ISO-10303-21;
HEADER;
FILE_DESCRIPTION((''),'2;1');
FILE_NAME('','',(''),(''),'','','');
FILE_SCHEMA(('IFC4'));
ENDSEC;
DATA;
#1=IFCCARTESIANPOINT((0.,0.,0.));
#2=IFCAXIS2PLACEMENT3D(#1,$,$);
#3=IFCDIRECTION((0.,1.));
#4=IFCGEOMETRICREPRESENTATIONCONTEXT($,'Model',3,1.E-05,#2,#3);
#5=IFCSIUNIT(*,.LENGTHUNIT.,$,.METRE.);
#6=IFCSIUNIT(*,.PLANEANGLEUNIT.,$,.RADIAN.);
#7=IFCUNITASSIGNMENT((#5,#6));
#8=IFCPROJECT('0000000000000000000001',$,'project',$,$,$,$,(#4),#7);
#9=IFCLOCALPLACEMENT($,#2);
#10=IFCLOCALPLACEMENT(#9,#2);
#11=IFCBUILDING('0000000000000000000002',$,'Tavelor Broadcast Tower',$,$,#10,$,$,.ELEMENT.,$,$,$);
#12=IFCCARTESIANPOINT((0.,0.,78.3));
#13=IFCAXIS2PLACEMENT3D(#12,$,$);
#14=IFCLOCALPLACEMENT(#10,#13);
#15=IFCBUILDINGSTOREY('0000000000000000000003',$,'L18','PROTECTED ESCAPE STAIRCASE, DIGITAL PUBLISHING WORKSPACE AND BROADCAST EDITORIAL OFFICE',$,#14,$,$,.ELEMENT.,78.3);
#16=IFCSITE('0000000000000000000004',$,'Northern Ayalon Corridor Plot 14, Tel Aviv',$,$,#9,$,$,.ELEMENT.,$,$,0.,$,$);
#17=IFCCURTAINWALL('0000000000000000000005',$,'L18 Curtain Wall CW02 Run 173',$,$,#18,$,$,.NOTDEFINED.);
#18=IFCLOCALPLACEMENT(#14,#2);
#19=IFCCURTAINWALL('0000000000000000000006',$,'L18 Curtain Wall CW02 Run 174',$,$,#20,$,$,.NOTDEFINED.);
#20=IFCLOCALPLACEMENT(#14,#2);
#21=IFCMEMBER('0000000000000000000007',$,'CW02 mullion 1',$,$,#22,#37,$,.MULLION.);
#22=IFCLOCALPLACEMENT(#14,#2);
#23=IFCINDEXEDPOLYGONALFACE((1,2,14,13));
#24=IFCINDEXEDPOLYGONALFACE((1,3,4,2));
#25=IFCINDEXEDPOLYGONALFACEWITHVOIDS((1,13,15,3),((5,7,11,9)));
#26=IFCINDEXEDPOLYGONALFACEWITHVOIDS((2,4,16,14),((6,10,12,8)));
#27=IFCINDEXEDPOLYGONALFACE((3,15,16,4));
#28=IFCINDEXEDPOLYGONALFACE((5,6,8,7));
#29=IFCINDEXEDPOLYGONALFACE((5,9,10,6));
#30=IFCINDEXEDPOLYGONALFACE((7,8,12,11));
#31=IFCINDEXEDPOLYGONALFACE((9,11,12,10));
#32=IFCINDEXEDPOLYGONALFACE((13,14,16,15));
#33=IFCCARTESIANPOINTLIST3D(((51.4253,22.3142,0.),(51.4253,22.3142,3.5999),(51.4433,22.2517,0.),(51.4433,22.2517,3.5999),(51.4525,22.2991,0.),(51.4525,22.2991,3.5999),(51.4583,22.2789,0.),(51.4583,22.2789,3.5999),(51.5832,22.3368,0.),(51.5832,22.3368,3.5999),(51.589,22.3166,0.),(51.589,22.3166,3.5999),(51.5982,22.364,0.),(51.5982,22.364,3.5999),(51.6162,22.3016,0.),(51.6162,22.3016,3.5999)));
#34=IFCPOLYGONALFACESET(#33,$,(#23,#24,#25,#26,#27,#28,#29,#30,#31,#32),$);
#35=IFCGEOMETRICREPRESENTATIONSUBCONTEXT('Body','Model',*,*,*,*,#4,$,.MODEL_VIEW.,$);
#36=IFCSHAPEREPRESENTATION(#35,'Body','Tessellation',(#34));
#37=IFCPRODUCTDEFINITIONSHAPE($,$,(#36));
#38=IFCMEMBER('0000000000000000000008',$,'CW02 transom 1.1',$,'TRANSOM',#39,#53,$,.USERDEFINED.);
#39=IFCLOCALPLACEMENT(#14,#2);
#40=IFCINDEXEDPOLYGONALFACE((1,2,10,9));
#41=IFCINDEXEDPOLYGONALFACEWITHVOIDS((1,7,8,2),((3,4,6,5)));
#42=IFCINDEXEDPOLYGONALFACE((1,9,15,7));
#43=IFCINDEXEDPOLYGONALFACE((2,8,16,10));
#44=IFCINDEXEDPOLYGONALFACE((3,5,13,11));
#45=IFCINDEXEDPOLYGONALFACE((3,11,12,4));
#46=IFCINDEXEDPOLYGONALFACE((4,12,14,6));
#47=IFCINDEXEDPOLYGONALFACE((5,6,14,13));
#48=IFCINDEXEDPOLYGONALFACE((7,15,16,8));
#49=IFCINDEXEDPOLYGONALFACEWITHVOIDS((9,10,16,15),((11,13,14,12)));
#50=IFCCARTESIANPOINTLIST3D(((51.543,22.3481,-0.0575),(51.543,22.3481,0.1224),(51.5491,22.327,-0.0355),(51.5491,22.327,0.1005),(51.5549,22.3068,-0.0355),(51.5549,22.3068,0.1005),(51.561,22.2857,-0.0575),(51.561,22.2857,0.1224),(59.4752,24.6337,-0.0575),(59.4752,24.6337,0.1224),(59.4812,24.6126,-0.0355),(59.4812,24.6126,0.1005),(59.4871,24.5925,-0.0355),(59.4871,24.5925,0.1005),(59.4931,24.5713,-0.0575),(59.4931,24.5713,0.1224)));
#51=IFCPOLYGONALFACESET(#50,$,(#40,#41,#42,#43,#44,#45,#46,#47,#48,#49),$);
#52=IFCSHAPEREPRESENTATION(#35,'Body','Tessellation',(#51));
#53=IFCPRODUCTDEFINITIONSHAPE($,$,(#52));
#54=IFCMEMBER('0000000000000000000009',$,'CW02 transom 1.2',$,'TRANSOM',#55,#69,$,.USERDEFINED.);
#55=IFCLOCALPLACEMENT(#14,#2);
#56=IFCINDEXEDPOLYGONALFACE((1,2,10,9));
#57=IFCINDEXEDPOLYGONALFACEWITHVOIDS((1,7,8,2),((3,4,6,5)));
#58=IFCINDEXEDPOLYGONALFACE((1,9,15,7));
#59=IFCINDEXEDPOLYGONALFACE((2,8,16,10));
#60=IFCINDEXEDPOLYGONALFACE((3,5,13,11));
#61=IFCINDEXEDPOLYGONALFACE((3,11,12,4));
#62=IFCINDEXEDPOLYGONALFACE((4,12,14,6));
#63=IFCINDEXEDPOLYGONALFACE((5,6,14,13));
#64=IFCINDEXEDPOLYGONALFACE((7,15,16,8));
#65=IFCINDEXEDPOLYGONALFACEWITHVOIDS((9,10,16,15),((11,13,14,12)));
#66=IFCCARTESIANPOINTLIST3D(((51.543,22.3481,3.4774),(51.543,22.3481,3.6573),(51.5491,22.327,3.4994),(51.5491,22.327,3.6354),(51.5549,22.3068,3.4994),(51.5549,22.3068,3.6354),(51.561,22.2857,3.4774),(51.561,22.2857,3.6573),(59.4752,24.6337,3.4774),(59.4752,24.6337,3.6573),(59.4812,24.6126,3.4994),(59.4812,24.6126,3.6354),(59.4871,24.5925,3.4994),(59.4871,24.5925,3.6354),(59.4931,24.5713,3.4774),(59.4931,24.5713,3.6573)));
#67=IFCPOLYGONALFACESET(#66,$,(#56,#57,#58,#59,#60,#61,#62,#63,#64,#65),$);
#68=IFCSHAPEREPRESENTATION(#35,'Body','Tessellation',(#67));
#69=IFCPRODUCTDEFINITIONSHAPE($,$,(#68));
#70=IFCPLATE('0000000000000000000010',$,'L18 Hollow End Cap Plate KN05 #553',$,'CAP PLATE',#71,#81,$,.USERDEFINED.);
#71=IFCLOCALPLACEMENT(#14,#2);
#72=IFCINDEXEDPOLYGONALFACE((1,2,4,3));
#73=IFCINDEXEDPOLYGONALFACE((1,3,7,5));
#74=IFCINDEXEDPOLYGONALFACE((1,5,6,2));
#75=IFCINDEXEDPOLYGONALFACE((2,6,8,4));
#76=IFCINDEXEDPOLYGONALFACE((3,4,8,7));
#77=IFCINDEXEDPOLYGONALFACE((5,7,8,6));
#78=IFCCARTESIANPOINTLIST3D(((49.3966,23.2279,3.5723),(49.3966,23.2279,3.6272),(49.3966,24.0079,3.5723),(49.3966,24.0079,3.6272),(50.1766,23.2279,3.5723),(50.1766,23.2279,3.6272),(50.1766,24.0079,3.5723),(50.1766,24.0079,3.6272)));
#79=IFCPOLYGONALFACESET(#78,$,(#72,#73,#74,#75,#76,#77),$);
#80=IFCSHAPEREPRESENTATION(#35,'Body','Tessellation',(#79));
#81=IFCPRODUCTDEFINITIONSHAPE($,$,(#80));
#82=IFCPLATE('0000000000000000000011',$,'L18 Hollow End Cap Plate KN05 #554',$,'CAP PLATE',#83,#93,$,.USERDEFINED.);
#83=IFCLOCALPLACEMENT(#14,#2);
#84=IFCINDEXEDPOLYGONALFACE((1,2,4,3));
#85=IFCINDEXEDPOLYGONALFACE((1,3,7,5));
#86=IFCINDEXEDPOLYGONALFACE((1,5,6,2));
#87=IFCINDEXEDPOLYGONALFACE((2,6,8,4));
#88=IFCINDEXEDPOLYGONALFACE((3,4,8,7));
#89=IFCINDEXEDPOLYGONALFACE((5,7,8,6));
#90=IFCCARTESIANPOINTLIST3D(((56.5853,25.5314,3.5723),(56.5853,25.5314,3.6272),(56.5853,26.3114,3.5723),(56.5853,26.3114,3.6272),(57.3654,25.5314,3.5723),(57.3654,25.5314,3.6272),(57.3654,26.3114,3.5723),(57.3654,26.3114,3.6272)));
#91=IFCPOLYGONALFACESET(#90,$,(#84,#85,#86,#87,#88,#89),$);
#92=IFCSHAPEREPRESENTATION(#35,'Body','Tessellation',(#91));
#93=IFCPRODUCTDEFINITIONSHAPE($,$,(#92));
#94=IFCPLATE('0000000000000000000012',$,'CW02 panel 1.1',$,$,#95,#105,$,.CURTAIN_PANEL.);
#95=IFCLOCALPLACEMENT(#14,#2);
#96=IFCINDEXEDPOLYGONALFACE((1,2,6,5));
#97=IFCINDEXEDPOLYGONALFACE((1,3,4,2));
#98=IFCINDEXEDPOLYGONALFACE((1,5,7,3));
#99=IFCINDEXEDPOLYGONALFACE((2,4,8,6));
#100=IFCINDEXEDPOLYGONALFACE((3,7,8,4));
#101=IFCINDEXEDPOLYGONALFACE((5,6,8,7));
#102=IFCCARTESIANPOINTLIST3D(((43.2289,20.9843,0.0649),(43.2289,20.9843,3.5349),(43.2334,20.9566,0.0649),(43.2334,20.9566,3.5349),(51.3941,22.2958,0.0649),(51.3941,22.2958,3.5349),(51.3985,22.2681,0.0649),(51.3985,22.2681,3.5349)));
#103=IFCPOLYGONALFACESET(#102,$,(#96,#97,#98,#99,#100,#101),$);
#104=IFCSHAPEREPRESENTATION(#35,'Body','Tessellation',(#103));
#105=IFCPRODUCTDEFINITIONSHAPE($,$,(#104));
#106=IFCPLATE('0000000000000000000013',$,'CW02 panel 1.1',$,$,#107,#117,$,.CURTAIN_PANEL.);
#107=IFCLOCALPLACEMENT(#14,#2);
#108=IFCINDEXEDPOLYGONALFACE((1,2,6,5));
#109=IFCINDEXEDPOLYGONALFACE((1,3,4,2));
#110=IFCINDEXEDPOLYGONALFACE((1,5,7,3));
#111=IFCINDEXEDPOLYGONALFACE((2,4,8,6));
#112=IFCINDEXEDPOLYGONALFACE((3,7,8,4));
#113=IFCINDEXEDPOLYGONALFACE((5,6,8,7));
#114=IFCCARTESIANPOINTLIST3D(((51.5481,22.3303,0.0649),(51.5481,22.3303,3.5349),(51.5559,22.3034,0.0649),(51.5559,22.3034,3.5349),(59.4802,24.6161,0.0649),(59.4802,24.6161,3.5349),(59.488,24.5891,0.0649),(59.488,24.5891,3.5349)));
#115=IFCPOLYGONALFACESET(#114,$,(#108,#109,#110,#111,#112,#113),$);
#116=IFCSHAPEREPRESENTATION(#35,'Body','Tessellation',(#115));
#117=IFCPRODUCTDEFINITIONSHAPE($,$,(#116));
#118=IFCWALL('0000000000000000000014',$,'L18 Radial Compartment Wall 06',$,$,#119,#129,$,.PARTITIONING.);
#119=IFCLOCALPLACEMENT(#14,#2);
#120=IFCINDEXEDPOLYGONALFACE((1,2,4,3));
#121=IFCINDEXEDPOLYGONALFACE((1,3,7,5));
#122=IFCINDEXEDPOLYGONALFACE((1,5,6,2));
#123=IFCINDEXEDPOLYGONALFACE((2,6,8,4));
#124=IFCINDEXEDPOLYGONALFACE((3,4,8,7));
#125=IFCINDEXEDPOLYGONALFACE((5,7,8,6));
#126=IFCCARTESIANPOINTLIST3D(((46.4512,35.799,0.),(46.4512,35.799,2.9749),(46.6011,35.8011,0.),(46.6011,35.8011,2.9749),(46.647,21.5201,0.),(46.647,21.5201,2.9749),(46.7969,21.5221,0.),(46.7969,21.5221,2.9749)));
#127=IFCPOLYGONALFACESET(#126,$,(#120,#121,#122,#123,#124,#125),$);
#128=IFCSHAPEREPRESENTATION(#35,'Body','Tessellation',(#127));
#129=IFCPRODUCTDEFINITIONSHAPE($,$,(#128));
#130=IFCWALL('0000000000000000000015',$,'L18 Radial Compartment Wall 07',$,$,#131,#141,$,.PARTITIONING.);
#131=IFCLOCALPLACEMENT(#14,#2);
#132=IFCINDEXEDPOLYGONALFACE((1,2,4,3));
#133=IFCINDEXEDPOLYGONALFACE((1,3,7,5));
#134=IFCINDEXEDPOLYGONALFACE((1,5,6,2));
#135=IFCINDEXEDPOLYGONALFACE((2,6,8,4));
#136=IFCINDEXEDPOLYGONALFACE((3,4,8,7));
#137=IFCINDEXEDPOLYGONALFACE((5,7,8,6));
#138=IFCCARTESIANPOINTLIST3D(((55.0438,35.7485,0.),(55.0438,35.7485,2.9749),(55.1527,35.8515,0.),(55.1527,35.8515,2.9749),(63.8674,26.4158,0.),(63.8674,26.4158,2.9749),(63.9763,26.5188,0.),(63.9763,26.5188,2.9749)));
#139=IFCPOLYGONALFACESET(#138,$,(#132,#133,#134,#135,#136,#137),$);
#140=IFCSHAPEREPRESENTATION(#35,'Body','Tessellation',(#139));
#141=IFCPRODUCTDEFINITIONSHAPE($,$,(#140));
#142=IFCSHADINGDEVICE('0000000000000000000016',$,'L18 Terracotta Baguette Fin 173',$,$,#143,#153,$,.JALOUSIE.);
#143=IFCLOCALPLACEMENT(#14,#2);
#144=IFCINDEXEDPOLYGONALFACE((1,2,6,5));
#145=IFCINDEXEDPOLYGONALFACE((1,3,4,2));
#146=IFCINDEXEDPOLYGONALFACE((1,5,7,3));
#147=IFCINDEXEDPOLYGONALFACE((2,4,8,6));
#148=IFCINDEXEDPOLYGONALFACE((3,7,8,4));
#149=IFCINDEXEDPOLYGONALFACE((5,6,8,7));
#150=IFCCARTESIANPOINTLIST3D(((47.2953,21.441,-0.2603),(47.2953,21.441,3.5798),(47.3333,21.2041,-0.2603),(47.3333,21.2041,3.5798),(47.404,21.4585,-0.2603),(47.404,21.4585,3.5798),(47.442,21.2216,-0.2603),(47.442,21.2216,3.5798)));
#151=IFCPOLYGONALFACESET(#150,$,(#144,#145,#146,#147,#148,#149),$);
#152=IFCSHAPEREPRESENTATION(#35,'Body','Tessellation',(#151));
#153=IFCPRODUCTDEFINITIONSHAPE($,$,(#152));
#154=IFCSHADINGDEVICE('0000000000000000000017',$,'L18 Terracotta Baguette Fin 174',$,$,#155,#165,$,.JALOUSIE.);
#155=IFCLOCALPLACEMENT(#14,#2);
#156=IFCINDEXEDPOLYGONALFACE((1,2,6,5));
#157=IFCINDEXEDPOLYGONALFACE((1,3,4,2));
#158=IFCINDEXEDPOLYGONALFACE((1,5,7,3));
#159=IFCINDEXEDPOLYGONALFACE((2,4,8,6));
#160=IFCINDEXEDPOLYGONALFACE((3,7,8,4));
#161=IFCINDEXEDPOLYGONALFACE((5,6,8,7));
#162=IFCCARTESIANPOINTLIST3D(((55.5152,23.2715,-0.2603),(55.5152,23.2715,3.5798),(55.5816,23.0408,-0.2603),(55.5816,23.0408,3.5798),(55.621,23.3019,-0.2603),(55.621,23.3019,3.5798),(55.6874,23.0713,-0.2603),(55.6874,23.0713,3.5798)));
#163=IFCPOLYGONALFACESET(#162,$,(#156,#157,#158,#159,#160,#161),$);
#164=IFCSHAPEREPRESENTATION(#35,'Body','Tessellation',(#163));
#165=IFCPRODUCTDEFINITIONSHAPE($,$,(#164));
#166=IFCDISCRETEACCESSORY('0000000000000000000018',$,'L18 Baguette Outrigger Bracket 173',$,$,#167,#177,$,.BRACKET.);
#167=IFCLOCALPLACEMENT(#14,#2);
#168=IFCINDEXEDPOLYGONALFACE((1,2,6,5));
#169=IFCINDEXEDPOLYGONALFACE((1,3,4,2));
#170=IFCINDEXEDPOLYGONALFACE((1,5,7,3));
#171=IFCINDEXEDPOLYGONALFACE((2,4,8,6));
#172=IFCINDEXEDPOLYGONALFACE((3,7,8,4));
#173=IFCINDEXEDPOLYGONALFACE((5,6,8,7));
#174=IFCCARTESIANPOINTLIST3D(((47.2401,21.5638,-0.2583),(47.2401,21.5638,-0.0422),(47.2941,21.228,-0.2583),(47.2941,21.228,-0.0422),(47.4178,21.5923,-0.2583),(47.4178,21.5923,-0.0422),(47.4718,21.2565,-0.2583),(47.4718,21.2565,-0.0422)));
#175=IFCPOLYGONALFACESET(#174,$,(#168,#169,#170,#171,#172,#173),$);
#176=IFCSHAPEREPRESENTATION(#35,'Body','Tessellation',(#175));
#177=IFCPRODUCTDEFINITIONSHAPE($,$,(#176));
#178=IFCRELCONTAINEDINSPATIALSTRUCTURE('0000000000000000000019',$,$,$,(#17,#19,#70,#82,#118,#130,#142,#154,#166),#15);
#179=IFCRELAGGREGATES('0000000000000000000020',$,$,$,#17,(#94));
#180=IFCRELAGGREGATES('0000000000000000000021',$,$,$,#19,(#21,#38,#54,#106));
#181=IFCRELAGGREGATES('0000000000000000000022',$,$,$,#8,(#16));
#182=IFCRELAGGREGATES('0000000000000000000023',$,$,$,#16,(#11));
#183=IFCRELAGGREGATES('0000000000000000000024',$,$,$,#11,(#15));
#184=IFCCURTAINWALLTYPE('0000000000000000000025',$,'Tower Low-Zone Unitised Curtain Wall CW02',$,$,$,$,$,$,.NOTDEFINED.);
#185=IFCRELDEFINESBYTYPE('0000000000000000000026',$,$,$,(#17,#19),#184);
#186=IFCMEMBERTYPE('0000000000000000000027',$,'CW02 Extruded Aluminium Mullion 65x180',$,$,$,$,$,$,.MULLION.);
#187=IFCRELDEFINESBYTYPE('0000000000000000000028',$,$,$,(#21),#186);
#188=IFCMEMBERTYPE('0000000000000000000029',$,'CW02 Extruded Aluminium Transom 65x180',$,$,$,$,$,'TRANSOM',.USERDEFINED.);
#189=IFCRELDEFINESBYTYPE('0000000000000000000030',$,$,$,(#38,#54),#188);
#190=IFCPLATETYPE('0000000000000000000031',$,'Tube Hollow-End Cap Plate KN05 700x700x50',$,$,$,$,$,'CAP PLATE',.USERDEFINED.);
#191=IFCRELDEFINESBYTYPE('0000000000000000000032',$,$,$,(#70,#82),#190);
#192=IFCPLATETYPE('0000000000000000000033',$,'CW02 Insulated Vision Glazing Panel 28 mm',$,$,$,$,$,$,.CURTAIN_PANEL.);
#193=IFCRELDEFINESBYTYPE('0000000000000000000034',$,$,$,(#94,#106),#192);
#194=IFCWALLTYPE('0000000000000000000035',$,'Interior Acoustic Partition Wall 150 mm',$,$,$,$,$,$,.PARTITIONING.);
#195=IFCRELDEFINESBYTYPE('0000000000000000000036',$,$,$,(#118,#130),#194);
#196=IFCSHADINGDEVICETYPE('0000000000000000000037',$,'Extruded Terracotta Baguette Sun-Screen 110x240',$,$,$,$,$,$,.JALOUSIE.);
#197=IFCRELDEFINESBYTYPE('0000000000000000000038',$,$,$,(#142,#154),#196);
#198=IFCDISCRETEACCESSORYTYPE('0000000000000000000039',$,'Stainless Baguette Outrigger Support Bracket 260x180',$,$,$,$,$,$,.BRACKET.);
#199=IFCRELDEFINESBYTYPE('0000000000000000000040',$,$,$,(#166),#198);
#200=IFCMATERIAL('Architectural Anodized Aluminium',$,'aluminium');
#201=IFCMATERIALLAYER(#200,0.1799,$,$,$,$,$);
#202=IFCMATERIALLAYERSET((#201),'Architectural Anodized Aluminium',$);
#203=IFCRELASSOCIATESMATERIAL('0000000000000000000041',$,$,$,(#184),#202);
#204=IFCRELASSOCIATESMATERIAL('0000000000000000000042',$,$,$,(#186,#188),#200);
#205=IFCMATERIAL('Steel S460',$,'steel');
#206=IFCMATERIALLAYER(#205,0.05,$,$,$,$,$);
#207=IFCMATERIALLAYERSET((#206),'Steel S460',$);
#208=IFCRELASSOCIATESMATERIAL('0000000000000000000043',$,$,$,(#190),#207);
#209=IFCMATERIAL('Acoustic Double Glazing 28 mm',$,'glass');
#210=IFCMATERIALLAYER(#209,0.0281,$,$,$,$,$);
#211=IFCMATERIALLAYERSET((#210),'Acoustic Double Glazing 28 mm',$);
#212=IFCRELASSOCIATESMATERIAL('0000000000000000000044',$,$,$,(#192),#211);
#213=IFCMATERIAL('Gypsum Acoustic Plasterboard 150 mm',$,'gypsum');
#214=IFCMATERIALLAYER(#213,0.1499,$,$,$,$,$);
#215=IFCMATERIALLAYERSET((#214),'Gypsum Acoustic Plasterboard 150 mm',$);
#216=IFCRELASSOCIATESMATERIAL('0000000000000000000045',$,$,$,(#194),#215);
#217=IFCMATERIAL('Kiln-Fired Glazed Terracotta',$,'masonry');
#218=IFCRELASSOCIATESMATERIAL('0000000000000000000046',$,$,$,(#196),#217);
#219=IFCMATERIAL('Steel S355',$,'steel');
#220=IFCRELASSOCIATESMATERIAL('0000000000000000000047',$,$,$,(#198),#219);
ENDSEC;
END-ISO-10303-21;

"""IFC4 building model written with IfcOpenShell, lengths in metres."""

from ifc_helpers import new_model, si_unit, direction, frame, frame_2d, origin, origin_2d, place, context, subcontext, project, spatial, rectangle, hollow_rectangle, extrude, source, transform, mapped, material, layer, layer_set, material_profile, profile_set, type_object, type_shapes, element, aggregate, save


model = new_model("IFC4")

# Units and contexts
model_context = context("Model", 3, precision=1e-05, world=origin(), true_north=direction((0.0, 1.0)))
body_context = subcontext(model_context, "Body", "Model", "MODEL_VIEW")
ifc_project = project(units=[si_unit("LENGTHUNIT", "METRE"), si_unit("PLANEANGLEUNIT", "RADIAN")], contexts=[model_context])

# Site, building, storey
site_placement = place(None, origin())
site = spatial("IfcSite", under=ifc_project, at=site_placement, Name="Northern Ayalon Corridor Plot 14, Tel Aviv", CompositionType="ELEMENT", RefElevation=0.0)
building_placement = place(site_placement, origin())
building = spatial("IfcBuilding", under=site, at=building_placement, Name="Tavelor Broadcast Tower", CompositionType="ELEMENT")
storey_placement = place(building_placement, frame((0.0, 0.0, 78.3)))
storey = spatial("IfcBuildingStorey", under=building, at=storey_placement, Name="L18", Description="PROTECTED ESCAPE STAIRCASE, DIGITAL PUBLISHING WORKSPACE AND BROADCAST EDITORIAL OFFICE", CompositionType="ELEMENT", Elevation=78.3)

# Shared definitions
ifc_material_1 = material(Name="Steel S460", Category="steel")

# Shared definitions
ifc_material_2 = material(Name="Steel S355", Category="steel")

# Curtain wall
ifc_material_3 = material(Name="Architectural Anodized Aluminium", Category="aluminium")
ifc_layer_1 = layer(ifc_material_3, 0.1799)
ifc_layer_set_1 = layer_set([ifc_layer_1], Name="Architectural Anodized Aluminium")
curtain_wall_type = type_object("IfcCurtainWallType", Name="Tower Low-Zone Unitised Curtain Wall CW02", PredefinedType="NOTDEFINED", material=ifc_layer_set_1)
curtain_wall_1_placement = place(storey_placement, origin())
curtain_wall_1 = element("IfcCurtainWall", 1, at=curtain_wall_1_placement, inside=storey, type_object=curtain_wall_type, Name="L18 Curtain Wall CW02 Run 173", PredefinedType="NOTDEFINED")
ifc_material_profile_1 = material_profile(ifc_material_3, hollow_rectangle(XDim=0.0649, YDim=0.1799, WallThickness=0.022, at=origin_2d()), Name="RHS 65x180x22")
ifc_profile_set_1 = profile_set([ifc_material_profile_1], Name="Architectural Anodized Aluminium")
member_type_1 = type_object("IfcMemberType", Name="CW02 Extruded Aluminium Mullion 65x180", PredefinedType="MULLION", material=ifc_profile_set_1)
shared_shape_1 = source(origin(), body_context, "Body", "SweptSolid", [
    extrude(hollow_rectangle(XDim=0.0649, YDim=0.1799, WallThickness=0.022, at=origin_2d()), origin(), (0.0, 0.0, 1.0), 3.5999),
])
type_shapes(member_type_1, [shared_shape_1])

# Curtain wall, members
curtain_wall_2_placement = place(storey_placement, origin())
curtain_wall_2 = element("IfcCurtainWall", 2, at=curtain_wall_2_placement, inside=storey, type_object=curtain_wall_type, Name="L18 Curtain Wall CW02 Run 174", PredefinedType="NOTDEFINED")
member_1_placement = place(storey_placement, frame((51.5208, 22.3079, 0.0), z_axis=(0.0, 0.0, 1.0), x_axis=(-0.276893, 0.960901, 0.0)))
member_1 = element("IfcMember", 3, at=member_1_placement, type_object=member_type_1, Name="CW02 mullion 1", PredefinedType="MULLION", context=body_context, shape_type="MappedRepresentation", body=[
    mapped(shared_shape_1, transform((0.0, 0.0, 0.0), scale=1.0)),
])
ifc_material_profile_2 = material_profile(ifc_material_3, hollow_rectangle(XDim=0.0649, YDim=0.1799, WallThickness=0.022, at=origin_2d()), Name="RHS 65x180x22")
ifc_profile_set_2 = profile_set([ifc_material_profile_2], Name="Architectural Anodized Aluminium")
member_type_2 = type_object("IfcMemberType", Name="CW02 Extruded Aluminium Transom 65x180", ElementType="TRANSOM", PredefinedType="USERDEFINED", material=ifc_profile_set_2)
shared_shape_2 = source(origin(), body_context, "Body", "SweptSolid", [
    extrude(hollow_rectangle(XDim=0.0649, YDim=0.1799, WallThickness=0.022, at=origin_2d()), origin(), (0.0, 0.0, 1.0), 8.2549),
])
type_shapes(member_type_2, [shared_shape_2])
member_2_placement = place(storey_placement, frame((51.552, 22.3169, 0.0325), z_axis=(0.960903, 0.276884, 0.0), x_axis=(-0.276884, 0.960903, 0.0)))
member_2 = element("IfcMember", 4, at=member_2_placement, type_object=member_type_2, Name="CW02 transom 1.1", ObjectType="TRANSOM", PredefinedType="USERDEFINED", context=body_context, shape_type="MappedRepresentation", body=[
    mapped(shared_shape_2, transform((0.0, 0.0, 0.0), scale=1.0)),
])
member_3_placement = place(storey_placement, frame((51.552, 22.3169, 3.5674), z_axis=(0.960903, 0.276884, 0.0), x_axis=(-0.276884, 0.960903, 0.0)))
member_3 = element("IfcMember", 5, at=member_3_placement, type_object=member_type_2, Name="CW02 transom 1.2", ObjectType="TRANSOM", PredefinedType="USERDEFINED", context=body_context, shape_type="MappedRepresentation", body=[
    mapped(shared_shape_2, transform((0.0, 0.0, 0.0), scale=1.0)),
])

# Plates
ifc_layer_2 = layer(ifc_material_1, 0.05)
ifc_layer_set_2 = layer_set([ifc_layer_2], Name="Steel S460")
plate_type_1 = type_object("IfcPlateType", Name="Tube Hollow-End Cap Plate KN05 700x700x50", ElementType="CAP PLATE", PredefinedType="USERDEFINED", material=ifc_layer_set_2)
shared_shape_3 = source(origin(), body_context, "Body", "SweptSolid", [
    extrude(rectangle(XDim=0.78, YDim=0.78, at=origin_2d()), origin(), (0.0, 0.0, 1.0), 0.0549),
])
type_shapes(plate_type_1, [shared_shape_3])
for number, where, z_axis, x_axis, name in (
    (6, (49.7866, 23.6179, 3.5723), (0.0, 0.0, 1.0), (1.0, 0.0, 0.0), "L18 Hollow End Cap Plate KN05 #553"),
    (7, (56.9753, 25.9214, 3.5723), (0.0, 0.0, 1.0), (1.0, 0.0, 0.0), "L18 Hollow End Cap Plate KN05 #554"),
):
    element("IfcPlate", number, at=place(storey_placement, frame(where, z_axis=z_axis, x_axis=x_axis)), inside=storey, type_object=plate_type_1, Name=name, ObjectType="CAP PLATE", PredefinedType="USERDEFINED", context=body_context, shape_type="MappedRepresentation", body=[
        mapped(shared_shape_3, transform((0.0, 0.0, 0.0), scale=1.0)),
    ])

# Plates
ifc_material_4 = material(Name="Acoustic Double Glazing 28 mm", Category="glass")
ifc_layer_3 = layer(ifc_material_4, 0.0281)
ifc_layer_set_3 = layer_set([ifc_layer_3], Name="Acoustic Double Glazing 28 mm")
plate_type_2 = type_object("IfcPlateType", Name="CW02 Insulated Vision Glazing Panel 28 mm", PredefinedType="CURTAIN_PANEL", material=ifc_layer_set_3)
shared_shape_4 = source(origin(), body_context, "Body", "SweptSolid", [
    extrude(rectangle(XDim=8.2698, YDim=0.0281, at=origin_2d()), origin(), (0.0, 0.0, 1.0), 3.47),
])
plate_1_placement = place(storey_placement, frame((47.3137, 21.6262, 0.0649), z_axis=(0.0, 0.0, 1.0), x_axis=(0.987345, 0.158589, 0.0)))
plate_1 = element("IfcPlate", 8, at=plate_1_placement, type_object=plate_type_2, Name="CW02 panel 1.1", PredefinedType="CURTAIN_PANEL", context=body_context, shape_type="MappedRepresentation", body=[
    mapped(shared_shape_4, transform((0.0, 0.0, 0.0), scale=1.0)),
])
aggregate(curtain_wall_1, [plate_1])
shared_shape_5 = source(origin(), body_context, "Body", "SweptSolid", [
    extrude(rectangle(XDim=8.2549, YDim=0.0281, at=origin_2d()), origin(), (0.0, 0.0, 1.0), 3.47),
])
type_shapes(plate_type_2, [shared_shape_4, shared_shape_5])
plate_2_placement = place(storey_placement, frame((55.5181, 23.4597, 0.0649), z_axis=(0.0, 0.0, 1.0), x_axis=(0.960901, 0.276893, 0.0)))
plate_2 = element("IfcPlate", 9, at=plate_2_placement, type_object=plate_type_2, Name="CW02 panel 1.1", PredefinedType="CURTAIN_PANEL", context=body_context, shape_type="MappedRepresentation", body=[
    mapped(shared_shape_5, transform((0.0, 0.0, 0.0), scale=1.0)),
])
aggregate(curtain_wall_2, [member_1, member_2, member_3, plate_2])

# Walls
ifc_material_5 = material(Name="Gypsum Acoustic Plasterboard 150 mm", Category="gypsum")
ifc_layer_4 = layer(ifc_material_5, 0.1499)
ifc_layer_set_4 = layer_set([ifc_layer_4], Name="Gypsum Acoustic Plasterboard 150 mm")
wall_type = type_object("IfcWallType", Name="Interior Acoustic Partition Wall 150 mm", PredefinedType="PARTITIONING", material=ifc_layer_set_4)
wall_1_placement = place(storey_placement, frame((46.5261, 35.8, 0.0), z_axis=(0.0, 0.0, 1.0), x_axis=(0.013711, -0.999906, 0.0)))
element("IfcWall", 10, at=wall_1_placement, inside=storey, type_object=wall_type, Name="L18 Radial Compartment Wall 06", PredefinedType="PARTITIONING", context=body_context, shape_type="SweptSolid", body=[
    extrude(rectangle(XDim=14.2803, YDim=0.1499, at=frame_2d((7.1401, 0.0))), origin(), (0.0, 0.0, 1.0), 2.9749),
])
wall_2_placement = place(storey_placement, frame((55.0981, 35.8, 0.0), z_axis=(0.0, 0.0, 1.0), x_axis=(0.687012, -0.726646, 0.0)))
element("IfcWall", 11, at=wall_2_placement, inside=storey, type_object=wall_type, Name="L18 Radial Compartment Wall 07", PredefinedType="PARTITIONING", context=body_context, shape_type="SweptSolid", body=[
    extrude(rectangle(XDim=12.8435, YDim=0.1499, at=frame_2d((6.4219, 0.0))), origin(), (0.0, 0.0, 1.0), 2.9749),
])

# Shading devices
ifc_material_6 = material(Name="Kiln-Fired Glazed Terracotta", Category="masonry")
shading_device_type = type_object("IfcShadingDeviceType", Name="Extruded Terracotta Baguette Sun-Screen 110x240", PredefinedType="JALOUSIE", material=ifc_material_6)
shared_shape_6 = source(origin(), body_context, "Body", "SweptSolid", [
    extrude(rectangle(XDim=0.1101, YDim=0.24, at=origin_2d()), origin(), (0.0, 0.0, 1.0), 3.8401),
])
type_shapes(shading_device_type, [shared_shape_6])
for number, where, z_axis, x_axis, name in (
    (12, (47.3687, 21.3313, -0.2603), (0.0, 0.0, 1.0), (0.987331, 0.158675, 0.0), "L18 Terracotta Baguette Fin 173"),
    (13, (55.6013, 23.1714, -0.2603), (0.0, 0.0, 1.0), (0.960924, 0.276812, 0.0), "L18 Terracotta Baguette Fin 174"),
):
    element("IfcShadingDevice", number, at=place(storey_placement, frame(where, z_axis=z_axis, x_axis=x_axis)), inside=storey, type_object=shading_device_type, Name=name, PredefinedType="JALOUSIE", context=body_context, shape_type="MappedRepresentation", body=[
        mapped(shared_shape_6, transform((0.0, 0.0, 0.0), scale=1.0)),
    ])

# Discrete accessory
discrete_accessory_type = type_object("IfcDiscreteAccessoryType", Name="Stainless Baguette Outrigger Support Bracket 260x180", PredefinedType="BRACKET", material=ifc_material_2)
shared_shape_7 = source(origin(), body_context, "Body", "SweptSolid", [
    extrude(rectangle(XDim=0.1799, YDim=0.3401, at=origin_2d()), origin(), (0.0, 0.0, 1.0), 0.2161),
])
type_shapes(discrete_accessory_type, [shared_shape_7])
for number, where, z_axis, x_axis, name in (
    (14, (47.356, 21.4102, -0.2583), (0.0, 0.0, 1.0), (0.987331, 0.158675, 0.0), "L18 Baguette Outrigger Bracket 173"),
):
    element("IfcDiscreteAccessory", number, at=place(storey_placement, frame(where, z_axis=z_axis, x_axis=x_axis)), inside=storey, type_object=discrete_accessory_type, Name=name, PredefinedType="BRACKET", context=body_context, shape_type="MappedRepresentation", body=[
        mapped(shared_shape_7, transform((0.0, 0.0, 0.0), scale=1.0)),
    ])

save(model, "model.ifc")
